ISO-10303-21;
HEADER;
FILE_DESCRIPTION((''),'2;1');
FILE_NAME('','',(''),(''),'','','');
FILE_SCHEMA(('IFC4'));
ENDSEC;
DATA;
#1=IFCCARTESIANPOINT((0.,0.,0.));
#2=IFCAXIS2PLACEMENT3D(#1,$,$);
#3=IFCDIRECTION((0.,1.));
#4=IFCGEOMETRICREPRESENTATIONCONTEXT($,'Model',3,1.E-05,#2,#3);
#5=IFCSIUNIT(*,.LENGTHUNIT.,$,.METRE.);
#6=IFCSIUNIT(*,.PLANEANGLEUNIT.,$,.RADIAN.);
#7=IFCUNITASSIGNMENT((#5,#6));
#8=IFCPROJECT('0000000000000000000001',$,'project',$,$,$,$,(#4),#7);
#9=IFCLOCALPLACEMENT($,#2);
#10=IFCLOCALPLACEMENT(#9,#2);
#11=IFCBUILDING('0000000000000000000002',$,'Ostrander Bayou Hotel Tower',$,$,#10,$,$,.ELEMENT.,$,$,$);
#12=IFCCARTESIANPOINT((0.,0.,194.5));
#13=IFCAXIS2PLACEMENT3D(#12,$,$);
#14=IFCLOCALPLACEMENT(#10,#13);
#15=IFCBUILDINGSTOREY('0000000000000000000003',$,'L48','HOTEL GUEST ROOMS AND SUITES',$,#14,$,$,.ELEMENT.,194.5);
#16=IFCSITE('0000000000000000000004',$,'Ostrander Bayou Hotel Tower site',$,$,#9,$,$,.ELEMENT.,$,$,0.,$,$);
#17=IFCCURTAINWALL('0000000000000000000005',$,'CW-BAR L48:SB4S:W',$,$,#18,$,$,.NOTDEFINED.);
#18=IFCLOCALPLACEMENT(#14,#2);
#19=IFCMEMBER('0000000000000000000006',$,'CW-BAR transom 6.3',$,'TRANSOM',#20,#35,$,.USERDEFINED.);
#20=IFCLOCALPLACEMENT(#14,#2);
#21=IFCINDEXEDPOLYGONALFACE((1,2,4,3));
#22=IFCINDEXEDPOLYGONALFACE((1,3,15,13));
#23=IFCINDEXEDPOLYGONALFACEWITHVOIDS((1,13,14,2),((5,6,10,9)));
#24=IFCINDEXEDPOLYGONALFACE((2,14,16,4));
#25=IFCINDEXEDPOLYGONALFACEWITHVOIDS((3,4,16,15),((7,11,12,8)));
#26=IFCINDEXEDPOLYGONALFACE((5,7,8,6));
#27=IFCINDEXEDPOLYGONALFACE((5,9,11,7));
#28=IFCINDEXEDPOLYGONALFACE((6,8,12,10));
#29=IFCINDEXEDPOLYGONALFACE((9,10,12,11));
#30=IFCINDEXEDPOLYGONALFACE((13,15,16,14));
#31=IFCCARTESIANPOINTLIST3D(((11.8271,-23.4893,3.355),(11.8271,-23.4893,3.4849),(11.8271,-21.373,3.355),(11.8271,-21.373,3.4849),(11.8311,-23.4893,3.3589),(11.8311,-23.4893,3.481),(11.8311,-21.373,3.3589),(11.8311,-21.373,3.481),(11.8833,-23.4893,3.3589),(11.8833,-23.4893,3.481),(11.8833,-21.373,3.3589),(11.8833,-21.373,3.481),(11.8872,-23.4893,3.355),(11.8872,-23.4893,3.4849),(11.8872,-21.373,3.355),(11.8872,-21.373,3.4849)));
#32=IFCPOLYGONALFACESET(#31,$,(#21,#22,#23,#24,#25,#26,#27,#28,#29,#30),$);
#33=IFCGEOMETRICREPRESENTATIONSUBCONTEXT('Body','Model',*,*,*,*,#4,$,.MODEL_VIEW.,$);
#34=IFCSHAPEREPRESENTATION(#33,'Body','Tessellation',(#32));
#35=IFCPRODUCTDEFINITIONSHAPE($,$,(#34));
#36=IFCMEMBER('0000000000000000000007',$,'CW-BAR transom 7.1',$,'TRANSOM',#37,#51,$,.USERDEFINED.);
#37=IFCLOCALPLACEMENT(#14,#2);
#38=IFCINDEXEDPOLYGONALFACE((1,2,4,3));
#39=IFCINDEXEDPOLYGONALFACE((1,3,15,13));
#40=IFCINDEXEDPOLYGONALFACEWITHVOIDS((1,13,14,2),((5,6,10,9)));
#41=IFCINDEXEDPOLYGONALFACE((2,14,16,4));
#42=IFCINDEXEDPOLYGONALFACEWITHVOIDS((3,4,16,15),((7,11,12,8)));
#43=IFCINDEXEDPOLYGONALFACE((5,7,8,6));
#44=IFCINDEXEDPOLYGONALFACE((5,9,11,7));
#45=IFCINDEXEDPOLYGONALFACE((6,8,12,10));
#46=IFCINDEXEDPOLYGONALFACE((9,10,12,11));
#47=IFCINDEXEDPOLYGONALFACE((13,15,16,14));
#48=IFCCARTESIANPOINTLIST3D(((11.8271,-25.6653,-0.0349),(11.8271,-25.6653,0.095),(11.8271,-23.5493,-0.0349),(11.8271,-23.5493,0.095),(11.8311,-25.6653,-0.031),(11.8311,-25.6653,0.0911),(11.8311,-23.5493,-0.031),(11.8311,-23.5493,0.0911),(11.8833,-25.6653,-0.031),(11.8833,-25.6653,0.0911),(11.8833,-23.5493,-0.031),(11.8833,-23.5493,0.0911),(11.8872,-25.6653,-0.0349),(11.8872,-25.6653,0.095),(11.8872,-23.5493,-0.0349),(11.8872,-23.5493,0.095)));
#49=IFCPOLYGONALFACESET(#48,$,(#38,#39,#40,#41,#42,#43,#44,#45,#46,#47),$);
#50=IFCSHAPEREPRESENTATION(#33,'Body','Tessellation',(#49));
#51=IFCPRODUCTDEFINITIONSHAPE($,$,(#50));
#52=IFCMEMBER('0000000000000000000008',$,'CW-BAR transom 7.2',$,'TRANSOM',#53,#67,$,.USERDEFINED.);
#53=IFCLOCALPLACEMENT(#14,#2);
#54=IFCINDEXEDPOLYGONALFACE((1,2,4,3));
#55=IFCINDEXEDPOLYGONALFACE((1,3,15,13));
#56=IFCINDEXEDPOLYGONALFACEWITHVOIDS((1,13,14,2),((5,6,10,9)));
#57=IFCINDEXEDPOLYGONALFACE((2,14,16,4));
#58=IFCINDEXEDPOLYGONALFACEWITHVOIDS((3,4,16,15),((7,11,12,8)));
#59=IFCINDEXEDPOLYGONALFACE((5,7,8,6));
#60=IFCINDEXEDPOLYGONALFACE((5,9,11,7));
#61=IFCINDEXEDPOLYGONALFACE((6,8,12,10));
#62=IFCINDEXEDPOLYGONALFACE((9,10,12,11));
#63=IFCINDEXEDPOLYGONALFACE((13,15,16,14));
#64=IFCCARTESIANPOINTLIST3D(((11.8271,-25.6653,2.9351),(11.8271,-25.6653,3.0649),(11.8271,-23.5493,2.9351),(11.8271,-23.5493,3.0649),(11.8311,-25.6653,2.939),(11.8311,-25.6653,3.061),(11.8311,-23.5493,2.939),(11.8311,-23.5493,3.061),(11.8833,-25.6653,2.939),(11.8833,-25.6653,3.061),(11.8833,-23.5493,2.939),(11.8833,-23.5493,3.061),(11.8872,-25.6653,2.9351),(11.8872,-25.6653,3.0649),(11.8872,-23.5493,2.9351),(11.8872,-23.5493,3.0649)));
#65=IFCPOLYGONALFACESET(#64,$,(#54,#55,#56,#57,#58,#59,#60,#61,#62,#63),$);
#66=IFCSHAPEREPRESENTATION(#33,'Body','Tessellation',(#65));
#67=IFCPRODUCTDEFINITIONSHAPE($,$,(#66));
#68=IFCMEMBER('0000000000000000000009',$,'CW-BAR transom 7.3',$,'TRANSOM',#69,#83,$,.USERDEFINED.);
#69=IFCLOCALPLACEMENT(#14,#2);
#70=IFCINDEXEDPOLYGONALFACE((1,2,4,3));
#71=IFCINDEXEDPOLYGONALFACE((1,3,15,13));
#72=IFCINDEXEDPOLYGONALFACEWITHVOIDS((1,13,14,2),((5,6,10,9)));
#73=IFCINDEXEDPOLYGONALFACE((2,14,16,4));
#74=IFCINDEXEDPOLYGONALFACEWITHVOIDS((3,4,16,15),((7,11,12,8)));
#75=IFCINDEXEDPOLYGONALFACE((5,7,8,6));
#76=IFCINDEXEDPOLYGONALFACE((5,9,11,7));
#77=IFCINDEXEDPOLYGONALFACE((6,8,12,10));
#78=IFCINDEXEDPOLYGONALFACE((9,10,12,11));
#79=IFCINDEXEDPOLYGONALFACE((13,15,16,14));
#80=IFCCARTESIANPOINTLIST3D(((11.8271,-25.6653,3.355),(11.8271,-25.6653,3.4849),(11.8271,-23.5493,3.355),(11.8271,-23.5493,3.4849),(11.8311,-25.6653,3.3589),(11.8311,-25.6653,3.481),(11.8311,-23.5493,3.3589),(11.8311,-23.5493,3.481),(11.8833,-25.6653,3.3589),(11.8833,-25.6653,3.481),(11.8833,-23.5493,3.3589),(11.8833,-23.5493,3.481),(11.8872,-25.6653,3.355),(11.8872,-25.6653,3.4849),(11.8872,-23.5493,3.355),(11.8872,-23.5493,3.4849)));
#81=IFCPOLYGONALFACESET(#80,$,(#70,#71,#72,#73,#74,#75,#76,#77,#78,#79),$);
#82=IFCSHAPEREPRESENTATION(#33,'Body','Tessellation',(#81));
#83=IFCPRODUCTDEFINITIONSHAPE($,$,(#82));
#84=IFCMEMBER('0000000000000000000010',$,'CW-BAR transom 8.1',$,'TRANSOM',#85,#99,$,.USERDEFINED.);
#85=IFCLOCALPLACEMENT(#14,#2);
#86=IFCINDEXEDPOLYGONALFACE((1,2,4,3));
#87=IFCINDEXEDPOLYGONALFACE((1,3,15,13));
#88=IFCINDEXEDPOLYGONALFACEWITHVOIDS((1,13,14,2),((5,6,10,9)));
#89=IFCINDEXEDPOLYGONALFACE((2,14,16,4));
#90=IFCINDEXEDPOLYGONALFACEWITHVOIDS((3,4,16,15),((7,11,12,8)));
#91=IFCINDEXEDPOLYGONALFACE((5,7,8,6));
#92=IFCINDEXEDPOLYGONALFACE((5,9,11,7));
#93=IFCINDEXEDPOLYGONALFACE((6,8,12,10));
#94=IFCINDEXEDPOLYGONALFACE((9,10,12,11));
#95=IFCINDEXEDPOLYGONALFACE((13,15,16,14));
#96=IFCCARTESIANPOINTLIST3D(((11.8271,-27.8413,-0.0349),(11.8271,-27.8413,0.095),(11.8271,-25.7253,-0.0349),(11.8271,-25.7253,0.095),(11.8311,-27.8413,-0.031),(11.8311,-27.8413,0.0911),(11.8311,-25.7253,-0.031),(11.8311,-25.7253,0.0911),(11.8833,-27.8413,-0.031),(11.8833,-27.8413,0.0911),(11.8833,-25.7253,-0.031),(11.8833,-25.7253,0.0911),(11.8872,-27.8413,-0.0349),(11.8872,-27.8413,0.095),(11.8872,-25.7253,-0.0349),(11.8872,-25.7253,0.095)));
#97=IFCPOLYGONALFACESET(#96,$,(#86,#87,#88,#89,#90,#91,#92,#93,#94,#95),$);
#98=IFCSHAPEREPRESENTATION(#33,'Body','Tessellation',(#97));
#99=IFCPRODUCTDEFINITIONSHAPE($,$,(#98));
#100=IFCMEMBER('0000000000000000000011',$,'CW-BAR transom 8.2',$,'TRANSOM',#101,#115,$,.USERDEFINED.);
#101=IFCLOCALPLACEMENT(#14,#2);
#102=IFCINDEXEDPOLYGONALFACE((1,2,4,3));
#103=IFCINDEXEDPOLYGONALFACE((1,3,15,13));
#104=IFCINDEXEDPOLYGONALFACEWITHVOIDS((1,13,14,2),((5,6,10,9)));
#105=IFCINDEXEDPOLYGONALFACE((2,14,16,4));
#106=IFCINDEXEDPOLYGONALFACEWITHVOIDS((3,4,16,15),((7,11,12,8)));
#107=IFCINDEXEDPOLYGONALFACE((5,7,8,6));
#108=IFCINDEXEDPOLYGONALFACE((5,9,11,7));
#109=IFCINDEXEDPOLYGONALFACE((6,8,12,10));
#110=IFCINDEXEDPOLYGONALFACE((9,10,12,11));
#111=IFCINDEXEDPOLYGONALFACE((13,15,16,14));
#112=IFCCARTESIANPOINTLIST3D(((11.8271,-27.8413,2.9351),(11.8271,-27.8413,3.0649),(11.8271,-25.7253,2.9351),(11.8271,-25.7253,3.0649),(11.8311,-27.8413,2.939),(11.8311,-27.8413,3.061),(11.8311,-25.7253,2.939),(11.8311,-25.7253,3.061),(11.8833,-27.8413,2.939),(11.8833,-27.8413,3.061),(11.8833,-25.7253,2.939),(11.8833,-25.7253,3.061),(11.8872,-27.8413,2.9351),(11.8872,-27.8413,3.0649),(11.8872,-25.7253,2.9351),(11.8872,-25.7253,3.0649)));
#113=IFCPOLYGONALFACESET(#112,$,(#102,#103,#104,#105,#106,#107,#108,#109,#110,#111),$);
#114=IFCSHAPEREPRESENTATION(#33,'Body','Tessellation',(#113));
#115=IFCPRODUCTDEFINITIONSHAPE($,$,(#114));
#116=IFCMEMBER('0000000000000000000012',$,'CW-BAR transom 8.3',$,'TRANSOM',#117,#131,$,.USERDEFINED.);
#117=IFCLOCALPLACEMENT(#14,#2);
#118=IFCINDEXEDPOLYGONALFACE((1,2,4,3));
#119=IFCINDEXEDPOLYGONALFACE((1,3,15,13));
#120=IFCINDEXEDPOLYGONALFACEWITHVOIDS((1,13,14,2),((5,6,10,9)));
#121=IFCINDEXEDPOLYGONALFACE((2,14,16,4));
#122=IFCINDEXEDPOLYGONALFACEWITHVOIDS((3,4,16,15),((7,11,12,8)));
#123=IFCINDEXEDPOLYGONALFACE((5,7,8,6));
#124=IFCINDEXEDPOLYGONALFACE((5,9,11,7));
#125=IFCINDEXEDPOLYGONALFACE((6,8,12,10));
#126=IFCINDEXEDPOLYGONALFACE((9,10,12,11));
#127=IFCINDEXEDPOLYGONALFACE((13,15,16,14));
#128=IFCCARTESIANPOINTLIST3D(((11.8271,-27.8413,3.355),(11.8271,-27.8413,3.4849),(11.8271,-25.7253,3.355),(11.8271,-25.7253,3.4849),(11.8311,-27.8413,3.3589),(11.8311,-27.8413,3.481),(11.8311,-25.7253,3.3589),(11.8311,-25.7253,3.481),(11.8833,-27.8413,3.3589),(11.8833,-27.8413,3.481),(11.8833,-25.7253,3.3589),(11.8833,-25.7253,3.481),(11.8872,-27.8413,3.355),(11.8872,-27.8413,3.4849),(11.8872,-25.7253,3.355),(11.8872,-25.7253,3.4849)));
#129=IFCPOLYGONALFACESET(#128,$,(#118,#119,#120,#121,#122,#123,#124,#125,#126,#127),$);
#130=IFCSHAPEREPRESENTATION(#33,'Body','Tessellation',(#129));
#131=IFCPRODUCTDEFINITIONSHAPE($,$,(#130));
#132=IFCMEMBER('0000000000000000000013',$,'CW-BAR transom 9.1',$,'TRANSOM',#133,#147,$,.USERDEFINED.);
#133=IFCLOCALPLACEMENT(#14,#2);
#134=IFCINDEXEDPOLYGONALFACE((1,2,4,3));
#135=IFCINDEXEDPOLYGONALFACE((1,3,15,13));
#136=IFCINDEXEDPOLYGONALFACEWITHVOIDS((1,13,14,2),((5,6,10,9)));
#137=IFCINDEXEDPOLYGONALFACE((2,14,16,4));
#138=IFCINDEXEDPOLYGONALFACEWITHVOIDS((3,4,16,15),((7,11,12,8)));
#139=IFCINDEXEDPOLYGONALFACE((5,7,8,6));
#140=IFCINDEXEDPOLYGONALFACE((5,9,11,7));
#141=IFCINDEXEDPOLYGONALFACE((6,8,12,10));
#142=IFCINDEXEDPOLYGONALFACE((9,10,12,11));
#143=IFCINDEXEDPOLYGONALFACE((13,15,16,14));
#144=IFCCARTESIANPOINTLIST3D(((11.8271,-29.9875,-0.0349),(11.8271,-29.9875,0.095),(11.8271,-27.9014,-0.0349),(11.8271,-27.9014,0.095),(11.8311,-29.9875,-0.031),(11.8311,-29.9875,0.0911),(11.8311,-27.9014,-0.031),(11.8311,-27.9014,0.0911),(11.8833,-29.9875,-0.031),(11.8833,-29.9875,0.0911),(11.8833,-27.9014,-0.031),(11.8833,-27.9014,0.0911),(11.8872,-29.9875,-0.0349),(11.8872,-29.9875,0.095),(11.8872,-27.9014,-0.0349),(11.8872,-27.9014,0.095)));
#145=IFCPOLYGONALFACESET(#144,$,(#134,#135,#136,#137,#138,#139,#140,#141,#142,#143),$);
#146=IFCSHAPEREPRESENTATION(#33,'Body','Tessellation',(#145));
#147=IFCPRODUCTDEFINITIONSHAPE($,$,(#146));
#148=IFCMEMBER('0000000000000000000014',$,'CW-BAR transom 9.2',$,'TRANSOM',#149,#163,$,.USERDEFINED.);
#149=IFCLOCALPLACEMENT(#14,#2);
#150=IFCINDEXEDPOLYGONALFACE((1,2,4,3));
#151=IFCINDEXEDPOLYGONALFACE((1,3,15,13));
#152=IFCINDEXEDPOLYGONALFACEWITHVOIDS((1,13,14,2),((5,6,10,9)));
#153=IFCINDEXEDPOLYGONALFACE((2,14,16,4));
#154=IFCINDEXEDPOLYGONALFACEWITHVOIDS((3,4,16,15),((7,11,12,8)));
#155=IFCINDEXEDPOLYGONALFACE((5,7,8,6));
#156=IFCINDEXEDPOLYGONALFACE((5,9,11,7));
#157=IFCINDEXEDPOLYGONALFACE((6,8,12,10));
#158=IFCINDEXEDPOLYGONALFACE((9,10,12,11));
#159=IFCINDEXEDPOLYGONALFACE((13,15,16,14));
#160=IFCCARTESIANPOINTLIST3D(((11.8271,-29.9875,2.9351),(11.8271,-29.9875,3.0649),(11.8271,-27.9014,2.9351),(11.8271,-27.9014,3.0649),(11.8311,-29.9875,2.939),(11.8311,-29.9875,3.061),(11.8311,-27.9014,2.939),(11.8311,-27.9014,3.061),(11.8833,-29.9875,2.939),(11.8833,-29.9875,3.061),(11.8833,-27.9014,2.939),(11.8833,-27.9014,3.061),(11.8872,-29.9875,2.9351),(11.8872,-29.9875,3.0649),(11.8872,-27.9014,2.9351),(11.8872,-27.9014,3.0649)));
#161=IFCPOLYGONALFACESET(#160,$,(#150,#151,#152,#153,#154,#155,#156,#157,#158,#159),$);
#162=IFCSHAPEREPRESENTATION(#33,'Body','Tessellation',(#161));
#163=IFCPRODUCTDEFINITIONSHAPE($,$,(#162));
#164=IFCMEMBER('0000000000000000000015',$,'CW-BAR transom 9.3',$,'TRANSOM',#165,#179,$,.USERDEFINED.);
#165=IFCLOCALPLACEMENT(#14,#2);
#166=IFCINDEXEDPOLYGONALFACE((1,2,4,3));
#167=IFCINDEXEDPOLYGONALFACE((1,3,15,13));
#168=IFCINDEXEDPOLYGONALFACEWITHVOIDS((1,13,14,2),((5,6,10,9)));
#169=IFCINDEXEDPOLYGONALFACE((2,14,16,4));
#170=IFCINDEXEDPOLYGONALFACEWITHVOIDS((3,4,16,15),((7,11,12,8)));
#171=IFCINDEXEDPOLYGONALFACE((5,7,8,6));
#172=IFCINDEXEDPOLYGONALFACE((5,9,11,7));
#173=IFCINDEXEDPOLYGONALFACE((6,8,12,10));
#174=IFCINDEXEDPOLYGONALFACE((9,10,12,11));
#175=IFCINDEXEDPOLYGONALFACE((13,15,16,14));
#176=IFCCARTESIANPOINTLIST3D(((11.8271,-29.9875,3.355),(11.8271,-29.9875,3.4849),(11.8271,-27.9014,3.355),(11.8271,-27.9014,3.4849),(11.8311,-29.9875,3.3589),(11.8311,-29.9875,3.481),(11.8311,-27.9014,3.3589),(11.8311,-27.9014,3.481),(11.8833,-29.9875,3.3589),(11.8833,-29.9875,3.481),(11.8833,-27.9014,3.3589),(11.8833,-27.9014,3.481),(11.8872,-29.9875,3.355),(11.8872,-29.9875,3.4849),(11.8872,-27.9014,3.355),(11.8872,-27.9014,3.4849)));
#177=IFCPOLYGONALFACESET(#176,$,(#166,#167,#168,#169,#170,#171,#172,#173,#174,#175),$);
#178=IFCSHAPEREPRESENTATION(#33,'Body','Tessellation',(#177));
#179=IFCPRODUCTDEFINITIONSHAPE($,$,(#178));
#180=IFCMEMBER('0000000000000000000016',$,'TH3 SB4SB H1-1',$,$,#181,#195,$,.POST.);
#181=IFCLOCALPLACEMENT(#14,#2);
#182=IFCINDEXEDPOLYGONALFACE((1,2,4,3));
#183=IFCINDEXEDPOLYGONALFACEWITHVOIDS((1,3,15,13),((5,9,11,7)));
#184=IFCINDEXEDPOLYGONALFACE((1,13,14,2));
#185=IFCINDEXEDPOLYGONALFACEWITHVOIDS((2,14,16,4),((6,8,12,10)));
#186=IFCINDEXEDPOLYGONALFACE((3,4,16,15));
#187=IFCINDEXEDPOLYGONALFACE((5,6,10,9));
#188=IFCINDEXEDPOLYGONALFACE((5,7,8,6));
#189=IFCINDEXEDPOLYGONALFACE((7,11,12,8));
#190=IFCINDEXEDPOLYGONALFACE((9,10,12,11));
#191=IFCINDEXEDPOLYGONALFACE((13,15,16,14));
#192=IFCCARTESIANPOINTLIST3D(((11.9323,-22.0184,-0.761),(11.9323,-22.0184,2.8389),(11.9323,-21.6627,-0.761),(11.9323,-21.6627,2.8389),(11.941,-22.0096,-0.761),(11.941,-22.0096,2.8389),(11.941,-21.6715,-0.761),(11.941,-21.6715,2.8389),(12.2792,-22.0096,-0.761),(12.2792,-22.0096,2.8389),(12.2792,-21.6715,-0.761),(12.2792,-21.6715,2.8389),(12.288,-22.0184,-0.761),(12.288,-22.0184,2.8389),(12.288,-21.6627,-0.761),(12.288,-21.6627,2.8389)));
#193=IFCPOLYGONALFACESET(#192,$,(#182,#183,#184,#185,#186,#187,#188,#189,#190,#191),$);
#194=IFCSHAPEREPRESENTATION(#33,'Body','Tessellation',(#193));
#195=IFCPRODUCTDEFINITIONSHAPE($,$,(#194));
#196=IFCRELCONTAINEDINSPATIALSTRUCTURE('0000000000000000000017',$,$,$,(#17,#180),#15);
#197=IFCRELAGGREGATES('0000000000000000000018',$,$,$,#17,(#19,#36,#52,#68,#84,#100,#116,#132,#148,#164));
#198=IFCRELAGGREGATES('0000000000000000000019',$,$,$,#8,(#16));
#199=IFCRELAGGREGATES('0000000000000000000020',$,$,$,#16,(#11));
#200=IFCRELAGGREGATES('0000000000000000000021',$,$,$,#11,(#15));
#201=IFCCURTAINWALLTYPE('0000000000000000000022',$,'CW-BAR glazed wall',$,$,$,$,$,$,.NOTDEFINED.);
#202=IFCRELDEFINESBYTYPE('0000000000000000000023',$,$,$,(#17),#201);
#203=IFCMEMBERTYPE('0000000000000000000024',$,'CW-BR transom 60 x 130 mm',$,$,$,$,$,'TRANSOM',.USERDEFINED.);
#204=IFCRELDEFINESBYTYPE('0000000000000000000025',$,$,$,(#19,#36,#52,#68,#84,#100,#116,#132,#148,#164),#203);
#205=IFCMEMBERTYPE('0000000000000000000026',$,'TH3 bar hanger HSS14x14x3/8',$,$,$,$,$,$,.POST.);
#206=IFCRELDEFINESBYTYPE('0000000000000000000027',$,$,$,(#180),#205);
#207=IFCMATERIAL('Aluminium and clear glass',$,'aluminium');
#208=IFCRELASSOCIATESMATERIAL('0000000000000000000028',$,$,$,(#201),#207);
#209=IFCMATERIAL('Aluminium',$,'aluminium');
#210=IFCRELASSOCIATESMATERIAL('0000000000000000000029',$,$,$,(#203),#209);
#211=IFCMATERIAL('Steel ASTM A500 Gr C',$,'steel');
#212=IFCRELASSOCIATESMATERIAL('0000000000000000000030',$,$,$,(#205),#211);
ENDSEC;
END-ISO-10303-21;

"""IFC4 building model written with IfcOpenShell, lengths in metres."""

from ifc_helpers import new_model, si_unit, direction, frame, origin, origin_2d, place, context, subcontext, project, spatial, hollow_rectangle, extrude, material, material_profile, profile_set, type_object, element, aggregate, save


model = new_model("IFC4")

# Units and contexts
model_context = context("Model", 3, precision=1e-05, world=origin(), true_north=direction((0.0, 1.0)))
body_context = subcontext(model_context, "Body", "Model", "MODEL_VIEW")
ifc_project = project(units=[si_unit("LENGTHUNIT", "METRE"), si_unit("PLANEANGLEUNIT", "RADIAN")], contexts=[model_context])

# Site, building, storey
site_placement = place(None, origin())
site = spatial("IfcSite", under=ifc_project, at=site_placement, Name="Ostrander Bayou Hotel Tower site", CompositionType="ELEMENT", RefElevation=0.0)
building_placement = place(site_placement, origin())
building = spatial("IfcBuilding", under=site, at=building_placement, Name="Ostrander Bayou Hotel Tower", CompositionType="ELEMENT")
storey_placement = place(building_placement, frame((0.0, 0.0, 194.5)))
storey = spatial("IfcBuildingStorey", under=building, at=storey_placement, Name="L48", Description="HOTEL GUEST ROOMS AND SUITES", CompositionType="ELEMENT", Elevation=194.5)

# Curtain wall, members
ifc_material_1 = material(Name="Aluminium and clear glass", Category="aluminium")
curtain_wall_type = type_object("IfcCurtainWallType", Name="CW-BAR glazed wall", PredefinedType="NOTDEFINED", material=ifc_material_1)
curtain_wall_placement = place(storey_placement, origin())
curtain_wall = element("IfcCurtainWall", 1, at=curtain_wall_placement, inside=storey, type_object=curtain_wall_type, Name="CW-BAR L48:SB4S:W", PredefinedType="NOTDEFINED")
ifc_material_2 = material(Name="Aluminium", Category="aluminium")
ifc_material_profile_1 = material_profile(ifc_material_2, hollow_rectangle(XDim=0.0601, YDim=0.1299, WallThickness=0.0039, at=origin_2d()))
ifc_profile_set_1 = profile_set([ifc_material_profile_1], Name="Aluminium")
member_type_1 = type_object("IfcMemberType", Name="CW-BR transom 60 x 130 mm", ElementType="TRANSOM", PredefinedType="USERDEFINED", material=ifc_profile_set_1)
member_1_placement = place(storey_placement, frame((11.8572, -21.373, 3.4199), z_axis=(0.0, -1.0, 0.0), x_axis=(1.0, 0.0, 0.0)))
member_1 = element("IfcMember", 2, at=member_1_placement, type_object=member_type_1, Name="CW-BAR transom 6.3", ObjectType="TRANSOM", PredefinedType="USERDEFINED", context=body_context, shape_type="SweptSolid", body=[
    extrude(hollow_rectangle(XDim=0.0601, YDim=0.1299, WallThickness=0.0039, at=origin_2d()), origin(), (0.0, 0.0, 1.0), 2.1162),
])
member_2_placement = place(storey_placement, frame((11.8572, -23.5493, 0.03), z_axis=(0.0, -1.0, 0.0), x_axis=(1.0, 0.0, 0.0)))
member_2 = element("IfcMember", 3, at=member_2_placement, type_object=member_type_1, Name="CW-BAR transom 7.1", ObjectType="TRANSOM", PredefinedType="USERDEFINED", context=body_context, shape_type="SweptSolid", body=[
    extrude(hollow_rectangle(XDim=0.0601, YDim=0.1299, WallThickness=0.0039, at=origin_2d()), origin(), (0.0, 0.0, 1.0), 2.116),
])
member_3_placement = place(storey_placement, frame((11.8572, -23.5493, 3.0), z_axis=(0.0, -1.0, 0.0), x_axis=(1.0, 0.0, 0.0)))
member_3 = element("IfcMember", 4, at=member_3_placement, type_object=member_type_1, Name="CW-BAR transom 7.2", ObjectType="TRANSOM", PredefinedType="USERDEFINED", context=body_context, shape_type="SweptSolid", body=[
    extrude(hollow_rectangle(XDim=0.0601, YDim=0.1299, WallThickness=0.0039, at=origin_2d()), origin(), (0.0, 0.0, 1.0), 2.116),
])
member_4_placement = place(storey_placement, frame((11.8572, -23.5493, 3.4199), z_axis=(0.0, -1.0, 0.0), x_axis=(1.0, 0.0, 0.0)))
member_4 = element("IfcMember", 5, at=member_4_placement, type_object=member_type_1, Name="CW-BAR transom 7.3", ObjectType="TRANSOM", PredefinedType="USERDEFINED", context=body_context, shape_type="SweptSolid", body=[
    extrude(hollow_rectangle(XDim=0.0601, YDim=0.1299, WallThickness=0.0039, at=origin_2d()), origin(), (0.0, 0.0, 1.0), 2.116),
])
member_5_placement = place(storey_placement, frame((11.8572, -25.7253, 0.03), z_axis=(0.0, -1.0, 0.0), x_axis=(1.0, 0.0, 0.0)))
member_5 = element("IfcMember", 6, at=member_5_placement, type_object=member_type_1, Name="CW-BAR transom 8.1", ObjectType="TRANSOM", PredefinedType="USERDEFINED", context=body_context, shape_type="SweptSolid", body=[
    extrude(hollow_rectangle(XDim=0.0601, YDim=0.1299, WallThickness=0.0039, at=origin_2d()), origin(), (0.0, 0.0, 1.0), 2.116),
])
member_6_placement = place(storey_placement, frame((11.8572, -25.7253, 3.0), z_axis=(0.0, -1.0, 0.0), x_axis=(1.0, 0.0, 0.0)))
member_6 = element("IfcMember", 7, at=member_6_placement, type_object=member_type_1, Name="CW-BAR transom 8.2", ObjectType="TRANSOM", PredefinedType="USERDEFINED", context=body_context, shape_type="SweptSolid", body=[
    extrude(hollow_rectangle(XDim=0.0601, YDim=0.1299, WallThickness=0.0039, at=origin_2d()), origin(), (0.0, 0.0, 1.0), 2.116),
])
member_7_placement = place(storey_placement, frame((11.8572, -25.7253, 3.4199), z_axis=(0.0, -1.0, 0.0), x_axis=(1.0, 0.0, 0.0)))
member_7 = element("IfcMember", 8, at=member_7_placement, type_object=member_type_1, Name="CW-BAR transom 8.3", ObjectType="TRANSOM", PredefinedType="USERDEFINED", context=body_context, shape_type="SweptSolid", body=[
    extrude(hollow_rectangle(XDim=0.0601, YDim=0.1299, WallThickness=0.0039, at=origin_2d()), origin(), (0.0, 0.0, 1.0), 2.116),
])
member_8_placement = place(storey_placement, frame((11.8572, -27.9014, 0.03), z_axis=(0.0, -1.0, 0.0), x_axis=(1.0, 0.0, 0.0)))
member_8 = element("IfcMember", 9, at=member_8_placement, type_object=member_type_1, Name="CW-BAR transom 9.1", ObjectType="TRANSOM", PredefinedType="USERDEFINED", context=body_context, shape_type="SweptSolid", body=[
    extrude(hollow_rectangle(XDim=0.0601, YDim=0.1299, WallThickness=0.0039, at=origin_2d()), origin(), (0.0, 0.0, 1.0), 2.0862),
])
member_9_placement = place(storey_placement, frame((11.8572, -27.9014, 3.0), z_axis=(0.0, -1.0, 0.0), x_axis=(1.0, 0.0, 0.0)))
member_9 = element("IfcMember", 10, at=member_9_placement, type_object=member_type_1, Name="CW-BAR transom 9.2", ObjectType="TRANSOM", PredefinedType="USERDEFINED", context=body_context, shape_type="SweptSolid", body=[
    extrude(hollow_rectangle(XDim=0.0601, YDim=0.1299, WallThickness=0.0039, at=origin_2d()), origin(), (0.0, 0.0, 1.0), 2.0862),
])
member_10_placement = place(storey_placement, frame((11.8572, -27.9014, 3.4199), z_axis=(0.0, -1.0, 0.0), x_axis=(1.0, 0.0, 0.0)))
member_10 = element("IfcMember", 11, at=member_10_placement, type_object=member_type_1, Name="CW-BAR transom 9.3", ObjectType="TRANSOM", PredefinedType="USERDEFINED", context=body_context, shape_type="SweptSolid", body=[
    extrude(hollow_rectangle(XDim=0.0601, YDim=0.1299, WallThickness=0.0039, at=origin_2d()), origin(), (0.0, 0.0, 1.0), 2.0862),
])

# Member
ifc_material_3 = material(Name="Steel ASTM A500 Gr C", Category="steel")
ifc_material_profile_2 = material_profile(ifc_material_3, hollow_rectangle(XDim=0.3557, YDim=0.3557, WallThickness=0.0088, at=origin_2d()))
ifc_profile_set_2 = profile_set([ifc_material_profile_2], Name="Steel ASTM A500 Gr C")
member_type_2 = type_object("IfcMemberType", Name="TH3 bar hanger HSS14x14x3/8", PredefinedType="POST", material=ifc_profile_set_2)
for number, where, z_axis, x_axis, name in (
    (12, (12.1101, -21.8406, -0.761), (0.0, 0.0, 1.0), (1.0, 0.0, 0.0), "TH3 SB4SB H1-1"),
):
    element("IfcMember", number, at=place(storey_placement, frame(where, z_axis=z_axis, x_axis=x_axis)), inside=storey, type_object=member_type_2, Name=name, PredefinedType="POST", context=body_context, shape_type="SweptSolid", body=[
        extrude(hollow_rectangle(XDim=0.3557, YDim=0.3557, WallThickness=0.0088, at=origin_2d()), origin(), (0.0, 0.0, 1.0), 3.5999),
    ])

aggregate(curtain_wall, [member_1, member_2, member_3, member_4, member_5, member_6, member_7, member_8, member_9, member_10])

save(model, "model.ifc")
